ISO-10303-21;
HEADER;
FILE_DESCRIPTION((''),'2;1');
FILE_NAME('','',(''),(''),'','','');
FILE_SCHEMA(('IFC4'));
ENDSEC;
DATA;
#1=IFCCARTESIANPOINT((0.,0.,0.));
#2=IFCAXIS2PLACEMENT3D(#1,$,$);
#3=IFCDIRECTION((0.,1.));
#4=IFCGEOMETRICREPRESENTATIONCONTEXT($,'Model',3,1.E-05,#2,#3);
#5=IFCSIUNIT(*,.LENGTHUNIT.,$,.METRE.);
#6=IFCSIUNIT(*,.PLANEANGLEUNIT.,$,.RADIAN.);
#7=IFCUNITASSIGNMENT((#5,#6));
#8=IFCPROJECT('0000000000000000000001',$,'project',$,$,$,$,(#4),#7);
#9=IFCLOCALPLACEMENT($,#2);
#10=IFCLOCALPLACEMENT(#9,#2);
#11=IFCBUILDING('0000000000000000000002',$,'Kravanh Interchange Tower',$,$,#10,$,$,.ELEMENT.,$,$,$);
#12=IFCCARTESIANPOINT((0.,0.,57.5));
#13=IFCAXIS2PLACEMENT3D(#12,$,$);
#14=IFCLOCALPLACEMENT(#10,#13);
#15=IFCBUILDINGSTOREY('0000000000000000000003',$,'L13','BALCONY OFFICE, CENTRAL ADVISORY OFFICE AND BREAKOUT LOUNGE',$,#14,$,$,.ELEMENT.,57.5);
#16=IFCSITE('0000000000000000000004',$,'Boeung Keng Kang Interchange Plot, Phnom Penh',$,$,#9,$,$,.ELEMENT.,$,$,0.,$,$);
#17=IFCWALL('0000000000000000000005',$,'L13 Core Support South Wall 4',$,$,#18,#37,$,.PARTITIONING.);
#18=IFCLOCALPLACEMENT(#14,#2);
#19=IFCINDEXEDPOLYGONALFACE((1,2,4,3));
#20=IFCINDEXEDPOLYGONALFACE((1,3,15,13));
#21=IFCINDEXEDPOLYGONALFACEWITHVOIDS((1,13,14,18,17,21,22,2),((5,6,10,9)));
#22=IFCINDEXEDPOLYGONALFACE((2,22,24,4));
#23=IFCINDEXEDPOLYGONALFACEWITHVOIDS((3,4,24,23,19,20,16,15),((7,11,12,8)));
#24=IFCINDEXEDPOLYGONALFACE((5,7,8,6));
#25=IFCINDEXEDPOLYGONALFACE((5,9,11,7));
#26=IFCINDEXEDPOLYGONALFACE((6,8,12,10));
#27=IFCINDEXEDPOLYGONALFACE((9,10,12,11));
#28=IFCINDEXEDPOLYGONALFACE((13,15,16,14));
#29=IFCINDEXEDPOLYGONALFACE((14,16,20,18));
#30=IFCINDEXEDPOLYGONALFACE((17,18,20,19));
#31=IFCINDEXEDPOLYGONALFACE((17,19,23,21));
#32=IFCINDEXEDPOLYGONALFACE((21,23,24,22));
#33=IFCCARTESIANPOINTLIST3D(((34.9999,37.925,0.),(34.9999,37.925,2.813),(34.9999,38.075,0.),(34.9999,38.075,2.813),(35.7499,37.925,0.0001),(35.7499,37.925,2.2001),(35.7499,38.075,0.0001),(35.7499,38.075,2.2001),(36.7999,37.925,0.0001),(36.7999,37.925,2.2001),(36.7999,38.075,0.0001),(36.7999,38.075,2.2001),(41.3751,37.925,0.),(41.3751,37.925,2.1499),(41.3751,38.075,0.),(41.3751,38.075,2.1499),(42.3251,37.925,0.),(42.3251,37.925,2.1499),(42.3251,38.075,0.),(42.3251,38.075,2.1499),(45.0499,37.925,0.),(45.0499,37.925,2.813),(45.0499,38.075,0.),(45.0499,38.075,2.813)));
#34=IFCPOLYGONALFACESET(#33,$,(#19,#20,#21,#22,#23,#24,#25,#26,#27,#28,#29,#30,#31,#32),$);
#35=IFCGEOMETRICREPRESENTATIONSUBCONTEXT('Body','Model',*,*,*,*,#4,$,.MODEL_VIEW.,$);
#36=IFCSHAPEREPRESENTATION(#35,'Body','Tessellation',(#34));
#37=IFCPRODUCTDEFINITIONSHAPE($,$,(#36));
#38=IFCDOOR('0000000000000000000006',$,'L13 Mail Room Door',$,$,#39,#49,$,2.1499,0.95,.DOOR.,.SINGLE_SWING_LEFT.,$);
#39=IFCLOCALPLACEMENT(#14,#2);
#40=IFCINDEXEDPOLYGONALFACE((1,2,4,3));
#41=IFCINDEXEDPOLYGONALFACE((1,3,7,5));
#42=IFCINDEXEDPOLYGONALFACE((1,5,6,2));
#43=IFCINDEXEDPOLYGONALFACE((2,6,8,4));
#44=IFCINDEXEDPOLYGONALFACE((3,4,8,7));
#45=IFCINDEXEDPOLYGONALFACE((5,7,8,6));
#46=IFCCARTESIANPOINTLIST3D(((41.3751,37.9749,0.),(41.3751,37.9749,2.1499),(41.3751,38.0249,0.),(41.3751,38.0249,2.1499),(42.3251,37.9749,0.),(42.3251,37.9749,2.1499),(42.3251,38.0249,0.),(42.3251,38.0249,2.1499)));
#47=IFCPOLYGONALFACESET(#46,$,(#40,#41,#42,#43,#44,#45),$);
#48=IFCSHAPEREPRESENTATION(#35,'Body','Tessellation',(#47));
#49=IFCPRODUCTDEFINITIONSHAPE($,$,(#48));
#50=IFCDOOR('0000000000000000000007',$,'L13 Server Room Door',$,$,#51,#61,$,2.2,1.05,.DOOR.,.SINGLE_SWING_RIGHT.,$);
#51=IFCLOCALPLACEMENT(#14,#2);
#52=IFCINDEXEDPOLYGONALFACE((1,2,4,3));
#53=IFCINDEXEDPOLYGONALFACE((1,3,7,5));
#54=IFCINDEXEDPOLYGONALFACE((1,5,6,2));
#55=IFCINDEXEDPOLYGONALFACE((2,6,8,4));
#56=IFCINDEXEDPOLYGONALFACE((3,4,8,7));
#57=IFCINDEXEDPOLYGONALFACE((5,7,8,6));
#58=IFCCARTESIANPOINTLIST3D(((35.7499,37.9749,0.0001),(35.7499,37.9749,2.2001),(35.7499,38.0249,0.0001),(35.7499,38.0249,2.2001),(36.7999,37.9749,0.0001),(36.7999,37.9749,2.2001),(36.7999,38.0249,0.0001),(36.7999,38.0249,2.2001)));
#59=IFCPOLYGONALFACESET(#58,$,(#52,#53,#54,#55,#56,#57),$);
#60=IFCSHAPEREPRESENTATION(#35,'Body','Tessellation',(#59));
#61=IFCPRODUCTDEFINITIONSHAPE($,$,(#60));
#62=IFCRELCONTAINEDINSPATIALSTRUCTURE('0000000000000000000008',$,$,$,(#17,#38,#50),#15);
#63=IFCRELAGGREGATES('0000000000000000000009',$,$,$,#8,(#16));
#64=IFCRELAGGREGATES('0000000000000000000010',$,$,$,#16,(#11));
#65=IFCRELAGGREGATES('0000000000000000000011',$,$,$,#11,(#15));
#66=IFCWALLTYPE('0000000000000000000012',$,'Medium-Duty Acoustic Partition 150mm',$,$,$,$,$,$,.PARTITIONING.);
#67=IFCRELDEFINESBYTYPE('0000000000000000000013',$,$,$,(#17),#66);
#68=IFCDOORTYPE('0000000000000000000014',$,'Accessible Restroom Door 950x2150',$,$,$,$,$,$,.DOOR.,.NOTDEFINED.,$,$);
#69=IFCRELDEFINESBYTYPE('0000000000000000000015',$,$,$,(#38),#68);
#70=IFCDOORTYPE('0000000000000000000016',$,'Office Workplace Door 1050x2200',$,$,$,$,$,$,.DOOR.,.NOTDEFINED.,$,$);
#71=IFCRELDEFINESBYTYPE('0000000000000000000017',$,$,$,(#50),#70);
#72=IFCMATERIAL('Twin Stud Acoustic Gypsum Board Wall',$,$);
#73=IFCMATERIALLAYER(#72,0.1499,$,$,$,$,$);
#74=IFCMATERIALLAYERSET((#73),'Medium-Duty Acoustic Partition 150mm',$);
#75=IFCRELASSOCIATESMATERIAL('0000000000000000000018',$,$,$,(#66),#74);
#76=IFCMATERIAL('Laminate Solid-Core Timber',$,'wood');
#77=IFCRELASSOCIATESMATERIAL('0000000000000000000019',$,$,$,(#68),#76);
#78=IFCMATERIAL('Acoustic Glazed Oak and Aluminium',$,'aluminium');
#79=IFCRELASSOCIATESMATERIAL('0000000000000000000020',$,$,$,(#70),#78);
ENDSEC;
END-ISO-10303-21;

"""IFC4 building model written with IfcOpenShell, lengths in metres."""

from ifc_helpers import new_model, si_unit, direction, frame, frame_2d, origin, place, context, subcontext, project, spatial, rectangle, extrude, material, layer, layer_set, type_object, element, fill, save


model = new_model("IFC4")

# Units and contexts
model_context = context("Model", 3, precision=1e-05, world=origin(), true_north=direction((0.0, 1.0)))
body_context = subcontext(model_context, "Body", "Model", "MODEL_VIEW")
ifc_project = project(units=[si_unit("LENGTHUNIT", "METRE"), si_unit("PLANEANGLEUNIT", "RADIAN")], contexts=[model_context])

# Site, building, storey
site_placement = place(None, origin())
site = spatial("IfcSite", under=ifc_project, at=site_placement, Name="Boeung Keng Kang Interchange Plot, Phnom Penh", CompositionType="ELEMENT", RefElevation=0.0)
building_placement = place(site_placement, origin())
building = spatial("IfcBuilding", under=site, at=building_placement, Name="Kravanh Interchange Tower", CompositionType="ELEMENT")
storey_placement = place(building_placement, frame((0.0, 0.0, 57.5)))
storey = spatial("IfcBuildingStorey", under=building, at=storey_placement, Name="L13", Description="BALCONY OFFICE, CENTRAL ADVISORY OFFICE AND BREAKOUT LOUNGE", CompositionType="ELEMENT", Elevation=57.5)

# Wall, openings, doors
ifc_material_1 = material(Name="Twin Stud Acoustic Gypsum Board Wall")
ifc_layer_1 = layer(ifc_material_1, 0.1499)
ifc_layer_set_1 = layer_set([ifc_layer_1], Name="Medium-Duty Acoustic Partition 150mm")
wall_type_1 = type_object("IfcWallType", Name="Medium-Duty Acoustic Partition 150mm", PredefinedType="PARTITIONING", material=ifc_layer_set_1)
wall_1_placement = place(storey_placement, frame((35.0, 38.0, 0.0), z_axis=(0.0, 0.0, 1.0), x_axis=(1.0, 0.0, 0.0)))
wall_1 = element("IfcWall", 1, at=wall_1_placement, inside=storey, type_object=wall_type_1, Name="L13 Core Support South Wall 4", PredefinedType="PARTITIONING", context=body_context, shape_type="SweptSolid", body=[
    extrude(rectangle(XDim=10.05, YDim=0.1499, at=frame_2d((5.0249, 0.0))), origin(), (0.0, 0.0, 1.0), 2.813),
])
opening_1_placement = place(wall_1_placement, frame((0.75, 0.0, 0.0)))
opening_1 = element("IfcOpeningElement", 2, at=opening_1_placement, cuts=wall_1, PredefinedType="OPENING", context=body_context, shape_type="SweptSolid", body=[
    extrude(rectangle(XDim=1.05, YDim=2.2, at=frame_2d((0.5249, 1.1001))), frame((0.0, 0.085, 0.0), z_axis=(0.0, -1.0, 0.0), x_axis=(1.0, 0.0, 0.0)), (0.0, 0.0, 1.0), 0.1699),
])
opening_2_placement = place(wall_1_placement, frame((6.375, 0.0, 0.0)))
opening_2 = element("IfcOpeningElement", 3, at=opening_2_placement, cuts=wall_1, PredefinedType="OPENING", context=body_context, shape_type="SweptSolid", body=[
    extrude(rectangle(XDim=0.95, YDim=2.1499, at=frame_2d((0.4751, 1.075))), frame((0.0, 0.085, 0.0), z_axis=(0.0, -1.0, 0.0), x_axis=(1.0, 0.0, 0.0)), (0.0, 0.0, 1.0), 0.1699),
])
ifc_material_2 = material(Name="Laminate Solid-Core Timber", Category="wood")
door_type_1 = type_object("IfcDoorType", Name="Accessible Restroom Door 950x2150", OperationType="NOTDEFINED", PredefinedType="DOOR", material=ifc_material_2)
door_1_placement = place(opening_2_placement, origin())
door_1 = element("IfcDoor", 4, at=door_1_placement, inside=storey, type_object=door_type_1, Name="L13 Mail Room Door", OperationType="SINGLE_SWING_LEFT", OverallHeight=2.1499, OverallWidth=0.95, PredefinedType="DOOR", context=body_context, shape_type="SweptSolid", body=[
    extrude(rectangle(XDim=0.95, YDim=2.1499, at=frame_2d((0.4751, 1.075))), frame((0.0, 0.0249, 0.0), z_axis=(0.0, -1.0, 0.0), x_axis=(1.0, 0.0, 0.0)), (0.0, 0.0, 1.0), 0.05),
])
fill(opening_2, door_1)
ifc_material_3 = material(Name="Acoustic Glazed Oak and Aluminium", Category="aluminium")
door_type_2 = type_object("IfcDoorType", Name="Office Workplace Door 1050x2200", OperationType="NOTDEFINED", PredefinedType="DOOR", material=ifc_material_3)
door_2_placement = place(opening_1_placement, origin())
door_2 = element("IfcDoor", 5, at=door_2_placement, inside=storey, type_object=door_type_2, Name="L13 Server Room Door", OperationType="SINGLE_SWING_RIGHT", OverallHeight=2.2, OverallWidth=1.05, PredefinedType="DOOR", context=body_context, shape_type="SweptSolid", body=[
    extrude(rectangle(XDim=1.05, YDim=2.2, at=frame_2d((0.5249, 1.1001))), frame((0.0, 0.0249, 0.0), z_axis=(0.0, -1.0, 0.0), x_axis=(1.0, 0.0, 0.0)), (0.0, 0.0, 1.0), 0.05),
])
fill(opening_1, door_2)

save(model, "model.ifc")
